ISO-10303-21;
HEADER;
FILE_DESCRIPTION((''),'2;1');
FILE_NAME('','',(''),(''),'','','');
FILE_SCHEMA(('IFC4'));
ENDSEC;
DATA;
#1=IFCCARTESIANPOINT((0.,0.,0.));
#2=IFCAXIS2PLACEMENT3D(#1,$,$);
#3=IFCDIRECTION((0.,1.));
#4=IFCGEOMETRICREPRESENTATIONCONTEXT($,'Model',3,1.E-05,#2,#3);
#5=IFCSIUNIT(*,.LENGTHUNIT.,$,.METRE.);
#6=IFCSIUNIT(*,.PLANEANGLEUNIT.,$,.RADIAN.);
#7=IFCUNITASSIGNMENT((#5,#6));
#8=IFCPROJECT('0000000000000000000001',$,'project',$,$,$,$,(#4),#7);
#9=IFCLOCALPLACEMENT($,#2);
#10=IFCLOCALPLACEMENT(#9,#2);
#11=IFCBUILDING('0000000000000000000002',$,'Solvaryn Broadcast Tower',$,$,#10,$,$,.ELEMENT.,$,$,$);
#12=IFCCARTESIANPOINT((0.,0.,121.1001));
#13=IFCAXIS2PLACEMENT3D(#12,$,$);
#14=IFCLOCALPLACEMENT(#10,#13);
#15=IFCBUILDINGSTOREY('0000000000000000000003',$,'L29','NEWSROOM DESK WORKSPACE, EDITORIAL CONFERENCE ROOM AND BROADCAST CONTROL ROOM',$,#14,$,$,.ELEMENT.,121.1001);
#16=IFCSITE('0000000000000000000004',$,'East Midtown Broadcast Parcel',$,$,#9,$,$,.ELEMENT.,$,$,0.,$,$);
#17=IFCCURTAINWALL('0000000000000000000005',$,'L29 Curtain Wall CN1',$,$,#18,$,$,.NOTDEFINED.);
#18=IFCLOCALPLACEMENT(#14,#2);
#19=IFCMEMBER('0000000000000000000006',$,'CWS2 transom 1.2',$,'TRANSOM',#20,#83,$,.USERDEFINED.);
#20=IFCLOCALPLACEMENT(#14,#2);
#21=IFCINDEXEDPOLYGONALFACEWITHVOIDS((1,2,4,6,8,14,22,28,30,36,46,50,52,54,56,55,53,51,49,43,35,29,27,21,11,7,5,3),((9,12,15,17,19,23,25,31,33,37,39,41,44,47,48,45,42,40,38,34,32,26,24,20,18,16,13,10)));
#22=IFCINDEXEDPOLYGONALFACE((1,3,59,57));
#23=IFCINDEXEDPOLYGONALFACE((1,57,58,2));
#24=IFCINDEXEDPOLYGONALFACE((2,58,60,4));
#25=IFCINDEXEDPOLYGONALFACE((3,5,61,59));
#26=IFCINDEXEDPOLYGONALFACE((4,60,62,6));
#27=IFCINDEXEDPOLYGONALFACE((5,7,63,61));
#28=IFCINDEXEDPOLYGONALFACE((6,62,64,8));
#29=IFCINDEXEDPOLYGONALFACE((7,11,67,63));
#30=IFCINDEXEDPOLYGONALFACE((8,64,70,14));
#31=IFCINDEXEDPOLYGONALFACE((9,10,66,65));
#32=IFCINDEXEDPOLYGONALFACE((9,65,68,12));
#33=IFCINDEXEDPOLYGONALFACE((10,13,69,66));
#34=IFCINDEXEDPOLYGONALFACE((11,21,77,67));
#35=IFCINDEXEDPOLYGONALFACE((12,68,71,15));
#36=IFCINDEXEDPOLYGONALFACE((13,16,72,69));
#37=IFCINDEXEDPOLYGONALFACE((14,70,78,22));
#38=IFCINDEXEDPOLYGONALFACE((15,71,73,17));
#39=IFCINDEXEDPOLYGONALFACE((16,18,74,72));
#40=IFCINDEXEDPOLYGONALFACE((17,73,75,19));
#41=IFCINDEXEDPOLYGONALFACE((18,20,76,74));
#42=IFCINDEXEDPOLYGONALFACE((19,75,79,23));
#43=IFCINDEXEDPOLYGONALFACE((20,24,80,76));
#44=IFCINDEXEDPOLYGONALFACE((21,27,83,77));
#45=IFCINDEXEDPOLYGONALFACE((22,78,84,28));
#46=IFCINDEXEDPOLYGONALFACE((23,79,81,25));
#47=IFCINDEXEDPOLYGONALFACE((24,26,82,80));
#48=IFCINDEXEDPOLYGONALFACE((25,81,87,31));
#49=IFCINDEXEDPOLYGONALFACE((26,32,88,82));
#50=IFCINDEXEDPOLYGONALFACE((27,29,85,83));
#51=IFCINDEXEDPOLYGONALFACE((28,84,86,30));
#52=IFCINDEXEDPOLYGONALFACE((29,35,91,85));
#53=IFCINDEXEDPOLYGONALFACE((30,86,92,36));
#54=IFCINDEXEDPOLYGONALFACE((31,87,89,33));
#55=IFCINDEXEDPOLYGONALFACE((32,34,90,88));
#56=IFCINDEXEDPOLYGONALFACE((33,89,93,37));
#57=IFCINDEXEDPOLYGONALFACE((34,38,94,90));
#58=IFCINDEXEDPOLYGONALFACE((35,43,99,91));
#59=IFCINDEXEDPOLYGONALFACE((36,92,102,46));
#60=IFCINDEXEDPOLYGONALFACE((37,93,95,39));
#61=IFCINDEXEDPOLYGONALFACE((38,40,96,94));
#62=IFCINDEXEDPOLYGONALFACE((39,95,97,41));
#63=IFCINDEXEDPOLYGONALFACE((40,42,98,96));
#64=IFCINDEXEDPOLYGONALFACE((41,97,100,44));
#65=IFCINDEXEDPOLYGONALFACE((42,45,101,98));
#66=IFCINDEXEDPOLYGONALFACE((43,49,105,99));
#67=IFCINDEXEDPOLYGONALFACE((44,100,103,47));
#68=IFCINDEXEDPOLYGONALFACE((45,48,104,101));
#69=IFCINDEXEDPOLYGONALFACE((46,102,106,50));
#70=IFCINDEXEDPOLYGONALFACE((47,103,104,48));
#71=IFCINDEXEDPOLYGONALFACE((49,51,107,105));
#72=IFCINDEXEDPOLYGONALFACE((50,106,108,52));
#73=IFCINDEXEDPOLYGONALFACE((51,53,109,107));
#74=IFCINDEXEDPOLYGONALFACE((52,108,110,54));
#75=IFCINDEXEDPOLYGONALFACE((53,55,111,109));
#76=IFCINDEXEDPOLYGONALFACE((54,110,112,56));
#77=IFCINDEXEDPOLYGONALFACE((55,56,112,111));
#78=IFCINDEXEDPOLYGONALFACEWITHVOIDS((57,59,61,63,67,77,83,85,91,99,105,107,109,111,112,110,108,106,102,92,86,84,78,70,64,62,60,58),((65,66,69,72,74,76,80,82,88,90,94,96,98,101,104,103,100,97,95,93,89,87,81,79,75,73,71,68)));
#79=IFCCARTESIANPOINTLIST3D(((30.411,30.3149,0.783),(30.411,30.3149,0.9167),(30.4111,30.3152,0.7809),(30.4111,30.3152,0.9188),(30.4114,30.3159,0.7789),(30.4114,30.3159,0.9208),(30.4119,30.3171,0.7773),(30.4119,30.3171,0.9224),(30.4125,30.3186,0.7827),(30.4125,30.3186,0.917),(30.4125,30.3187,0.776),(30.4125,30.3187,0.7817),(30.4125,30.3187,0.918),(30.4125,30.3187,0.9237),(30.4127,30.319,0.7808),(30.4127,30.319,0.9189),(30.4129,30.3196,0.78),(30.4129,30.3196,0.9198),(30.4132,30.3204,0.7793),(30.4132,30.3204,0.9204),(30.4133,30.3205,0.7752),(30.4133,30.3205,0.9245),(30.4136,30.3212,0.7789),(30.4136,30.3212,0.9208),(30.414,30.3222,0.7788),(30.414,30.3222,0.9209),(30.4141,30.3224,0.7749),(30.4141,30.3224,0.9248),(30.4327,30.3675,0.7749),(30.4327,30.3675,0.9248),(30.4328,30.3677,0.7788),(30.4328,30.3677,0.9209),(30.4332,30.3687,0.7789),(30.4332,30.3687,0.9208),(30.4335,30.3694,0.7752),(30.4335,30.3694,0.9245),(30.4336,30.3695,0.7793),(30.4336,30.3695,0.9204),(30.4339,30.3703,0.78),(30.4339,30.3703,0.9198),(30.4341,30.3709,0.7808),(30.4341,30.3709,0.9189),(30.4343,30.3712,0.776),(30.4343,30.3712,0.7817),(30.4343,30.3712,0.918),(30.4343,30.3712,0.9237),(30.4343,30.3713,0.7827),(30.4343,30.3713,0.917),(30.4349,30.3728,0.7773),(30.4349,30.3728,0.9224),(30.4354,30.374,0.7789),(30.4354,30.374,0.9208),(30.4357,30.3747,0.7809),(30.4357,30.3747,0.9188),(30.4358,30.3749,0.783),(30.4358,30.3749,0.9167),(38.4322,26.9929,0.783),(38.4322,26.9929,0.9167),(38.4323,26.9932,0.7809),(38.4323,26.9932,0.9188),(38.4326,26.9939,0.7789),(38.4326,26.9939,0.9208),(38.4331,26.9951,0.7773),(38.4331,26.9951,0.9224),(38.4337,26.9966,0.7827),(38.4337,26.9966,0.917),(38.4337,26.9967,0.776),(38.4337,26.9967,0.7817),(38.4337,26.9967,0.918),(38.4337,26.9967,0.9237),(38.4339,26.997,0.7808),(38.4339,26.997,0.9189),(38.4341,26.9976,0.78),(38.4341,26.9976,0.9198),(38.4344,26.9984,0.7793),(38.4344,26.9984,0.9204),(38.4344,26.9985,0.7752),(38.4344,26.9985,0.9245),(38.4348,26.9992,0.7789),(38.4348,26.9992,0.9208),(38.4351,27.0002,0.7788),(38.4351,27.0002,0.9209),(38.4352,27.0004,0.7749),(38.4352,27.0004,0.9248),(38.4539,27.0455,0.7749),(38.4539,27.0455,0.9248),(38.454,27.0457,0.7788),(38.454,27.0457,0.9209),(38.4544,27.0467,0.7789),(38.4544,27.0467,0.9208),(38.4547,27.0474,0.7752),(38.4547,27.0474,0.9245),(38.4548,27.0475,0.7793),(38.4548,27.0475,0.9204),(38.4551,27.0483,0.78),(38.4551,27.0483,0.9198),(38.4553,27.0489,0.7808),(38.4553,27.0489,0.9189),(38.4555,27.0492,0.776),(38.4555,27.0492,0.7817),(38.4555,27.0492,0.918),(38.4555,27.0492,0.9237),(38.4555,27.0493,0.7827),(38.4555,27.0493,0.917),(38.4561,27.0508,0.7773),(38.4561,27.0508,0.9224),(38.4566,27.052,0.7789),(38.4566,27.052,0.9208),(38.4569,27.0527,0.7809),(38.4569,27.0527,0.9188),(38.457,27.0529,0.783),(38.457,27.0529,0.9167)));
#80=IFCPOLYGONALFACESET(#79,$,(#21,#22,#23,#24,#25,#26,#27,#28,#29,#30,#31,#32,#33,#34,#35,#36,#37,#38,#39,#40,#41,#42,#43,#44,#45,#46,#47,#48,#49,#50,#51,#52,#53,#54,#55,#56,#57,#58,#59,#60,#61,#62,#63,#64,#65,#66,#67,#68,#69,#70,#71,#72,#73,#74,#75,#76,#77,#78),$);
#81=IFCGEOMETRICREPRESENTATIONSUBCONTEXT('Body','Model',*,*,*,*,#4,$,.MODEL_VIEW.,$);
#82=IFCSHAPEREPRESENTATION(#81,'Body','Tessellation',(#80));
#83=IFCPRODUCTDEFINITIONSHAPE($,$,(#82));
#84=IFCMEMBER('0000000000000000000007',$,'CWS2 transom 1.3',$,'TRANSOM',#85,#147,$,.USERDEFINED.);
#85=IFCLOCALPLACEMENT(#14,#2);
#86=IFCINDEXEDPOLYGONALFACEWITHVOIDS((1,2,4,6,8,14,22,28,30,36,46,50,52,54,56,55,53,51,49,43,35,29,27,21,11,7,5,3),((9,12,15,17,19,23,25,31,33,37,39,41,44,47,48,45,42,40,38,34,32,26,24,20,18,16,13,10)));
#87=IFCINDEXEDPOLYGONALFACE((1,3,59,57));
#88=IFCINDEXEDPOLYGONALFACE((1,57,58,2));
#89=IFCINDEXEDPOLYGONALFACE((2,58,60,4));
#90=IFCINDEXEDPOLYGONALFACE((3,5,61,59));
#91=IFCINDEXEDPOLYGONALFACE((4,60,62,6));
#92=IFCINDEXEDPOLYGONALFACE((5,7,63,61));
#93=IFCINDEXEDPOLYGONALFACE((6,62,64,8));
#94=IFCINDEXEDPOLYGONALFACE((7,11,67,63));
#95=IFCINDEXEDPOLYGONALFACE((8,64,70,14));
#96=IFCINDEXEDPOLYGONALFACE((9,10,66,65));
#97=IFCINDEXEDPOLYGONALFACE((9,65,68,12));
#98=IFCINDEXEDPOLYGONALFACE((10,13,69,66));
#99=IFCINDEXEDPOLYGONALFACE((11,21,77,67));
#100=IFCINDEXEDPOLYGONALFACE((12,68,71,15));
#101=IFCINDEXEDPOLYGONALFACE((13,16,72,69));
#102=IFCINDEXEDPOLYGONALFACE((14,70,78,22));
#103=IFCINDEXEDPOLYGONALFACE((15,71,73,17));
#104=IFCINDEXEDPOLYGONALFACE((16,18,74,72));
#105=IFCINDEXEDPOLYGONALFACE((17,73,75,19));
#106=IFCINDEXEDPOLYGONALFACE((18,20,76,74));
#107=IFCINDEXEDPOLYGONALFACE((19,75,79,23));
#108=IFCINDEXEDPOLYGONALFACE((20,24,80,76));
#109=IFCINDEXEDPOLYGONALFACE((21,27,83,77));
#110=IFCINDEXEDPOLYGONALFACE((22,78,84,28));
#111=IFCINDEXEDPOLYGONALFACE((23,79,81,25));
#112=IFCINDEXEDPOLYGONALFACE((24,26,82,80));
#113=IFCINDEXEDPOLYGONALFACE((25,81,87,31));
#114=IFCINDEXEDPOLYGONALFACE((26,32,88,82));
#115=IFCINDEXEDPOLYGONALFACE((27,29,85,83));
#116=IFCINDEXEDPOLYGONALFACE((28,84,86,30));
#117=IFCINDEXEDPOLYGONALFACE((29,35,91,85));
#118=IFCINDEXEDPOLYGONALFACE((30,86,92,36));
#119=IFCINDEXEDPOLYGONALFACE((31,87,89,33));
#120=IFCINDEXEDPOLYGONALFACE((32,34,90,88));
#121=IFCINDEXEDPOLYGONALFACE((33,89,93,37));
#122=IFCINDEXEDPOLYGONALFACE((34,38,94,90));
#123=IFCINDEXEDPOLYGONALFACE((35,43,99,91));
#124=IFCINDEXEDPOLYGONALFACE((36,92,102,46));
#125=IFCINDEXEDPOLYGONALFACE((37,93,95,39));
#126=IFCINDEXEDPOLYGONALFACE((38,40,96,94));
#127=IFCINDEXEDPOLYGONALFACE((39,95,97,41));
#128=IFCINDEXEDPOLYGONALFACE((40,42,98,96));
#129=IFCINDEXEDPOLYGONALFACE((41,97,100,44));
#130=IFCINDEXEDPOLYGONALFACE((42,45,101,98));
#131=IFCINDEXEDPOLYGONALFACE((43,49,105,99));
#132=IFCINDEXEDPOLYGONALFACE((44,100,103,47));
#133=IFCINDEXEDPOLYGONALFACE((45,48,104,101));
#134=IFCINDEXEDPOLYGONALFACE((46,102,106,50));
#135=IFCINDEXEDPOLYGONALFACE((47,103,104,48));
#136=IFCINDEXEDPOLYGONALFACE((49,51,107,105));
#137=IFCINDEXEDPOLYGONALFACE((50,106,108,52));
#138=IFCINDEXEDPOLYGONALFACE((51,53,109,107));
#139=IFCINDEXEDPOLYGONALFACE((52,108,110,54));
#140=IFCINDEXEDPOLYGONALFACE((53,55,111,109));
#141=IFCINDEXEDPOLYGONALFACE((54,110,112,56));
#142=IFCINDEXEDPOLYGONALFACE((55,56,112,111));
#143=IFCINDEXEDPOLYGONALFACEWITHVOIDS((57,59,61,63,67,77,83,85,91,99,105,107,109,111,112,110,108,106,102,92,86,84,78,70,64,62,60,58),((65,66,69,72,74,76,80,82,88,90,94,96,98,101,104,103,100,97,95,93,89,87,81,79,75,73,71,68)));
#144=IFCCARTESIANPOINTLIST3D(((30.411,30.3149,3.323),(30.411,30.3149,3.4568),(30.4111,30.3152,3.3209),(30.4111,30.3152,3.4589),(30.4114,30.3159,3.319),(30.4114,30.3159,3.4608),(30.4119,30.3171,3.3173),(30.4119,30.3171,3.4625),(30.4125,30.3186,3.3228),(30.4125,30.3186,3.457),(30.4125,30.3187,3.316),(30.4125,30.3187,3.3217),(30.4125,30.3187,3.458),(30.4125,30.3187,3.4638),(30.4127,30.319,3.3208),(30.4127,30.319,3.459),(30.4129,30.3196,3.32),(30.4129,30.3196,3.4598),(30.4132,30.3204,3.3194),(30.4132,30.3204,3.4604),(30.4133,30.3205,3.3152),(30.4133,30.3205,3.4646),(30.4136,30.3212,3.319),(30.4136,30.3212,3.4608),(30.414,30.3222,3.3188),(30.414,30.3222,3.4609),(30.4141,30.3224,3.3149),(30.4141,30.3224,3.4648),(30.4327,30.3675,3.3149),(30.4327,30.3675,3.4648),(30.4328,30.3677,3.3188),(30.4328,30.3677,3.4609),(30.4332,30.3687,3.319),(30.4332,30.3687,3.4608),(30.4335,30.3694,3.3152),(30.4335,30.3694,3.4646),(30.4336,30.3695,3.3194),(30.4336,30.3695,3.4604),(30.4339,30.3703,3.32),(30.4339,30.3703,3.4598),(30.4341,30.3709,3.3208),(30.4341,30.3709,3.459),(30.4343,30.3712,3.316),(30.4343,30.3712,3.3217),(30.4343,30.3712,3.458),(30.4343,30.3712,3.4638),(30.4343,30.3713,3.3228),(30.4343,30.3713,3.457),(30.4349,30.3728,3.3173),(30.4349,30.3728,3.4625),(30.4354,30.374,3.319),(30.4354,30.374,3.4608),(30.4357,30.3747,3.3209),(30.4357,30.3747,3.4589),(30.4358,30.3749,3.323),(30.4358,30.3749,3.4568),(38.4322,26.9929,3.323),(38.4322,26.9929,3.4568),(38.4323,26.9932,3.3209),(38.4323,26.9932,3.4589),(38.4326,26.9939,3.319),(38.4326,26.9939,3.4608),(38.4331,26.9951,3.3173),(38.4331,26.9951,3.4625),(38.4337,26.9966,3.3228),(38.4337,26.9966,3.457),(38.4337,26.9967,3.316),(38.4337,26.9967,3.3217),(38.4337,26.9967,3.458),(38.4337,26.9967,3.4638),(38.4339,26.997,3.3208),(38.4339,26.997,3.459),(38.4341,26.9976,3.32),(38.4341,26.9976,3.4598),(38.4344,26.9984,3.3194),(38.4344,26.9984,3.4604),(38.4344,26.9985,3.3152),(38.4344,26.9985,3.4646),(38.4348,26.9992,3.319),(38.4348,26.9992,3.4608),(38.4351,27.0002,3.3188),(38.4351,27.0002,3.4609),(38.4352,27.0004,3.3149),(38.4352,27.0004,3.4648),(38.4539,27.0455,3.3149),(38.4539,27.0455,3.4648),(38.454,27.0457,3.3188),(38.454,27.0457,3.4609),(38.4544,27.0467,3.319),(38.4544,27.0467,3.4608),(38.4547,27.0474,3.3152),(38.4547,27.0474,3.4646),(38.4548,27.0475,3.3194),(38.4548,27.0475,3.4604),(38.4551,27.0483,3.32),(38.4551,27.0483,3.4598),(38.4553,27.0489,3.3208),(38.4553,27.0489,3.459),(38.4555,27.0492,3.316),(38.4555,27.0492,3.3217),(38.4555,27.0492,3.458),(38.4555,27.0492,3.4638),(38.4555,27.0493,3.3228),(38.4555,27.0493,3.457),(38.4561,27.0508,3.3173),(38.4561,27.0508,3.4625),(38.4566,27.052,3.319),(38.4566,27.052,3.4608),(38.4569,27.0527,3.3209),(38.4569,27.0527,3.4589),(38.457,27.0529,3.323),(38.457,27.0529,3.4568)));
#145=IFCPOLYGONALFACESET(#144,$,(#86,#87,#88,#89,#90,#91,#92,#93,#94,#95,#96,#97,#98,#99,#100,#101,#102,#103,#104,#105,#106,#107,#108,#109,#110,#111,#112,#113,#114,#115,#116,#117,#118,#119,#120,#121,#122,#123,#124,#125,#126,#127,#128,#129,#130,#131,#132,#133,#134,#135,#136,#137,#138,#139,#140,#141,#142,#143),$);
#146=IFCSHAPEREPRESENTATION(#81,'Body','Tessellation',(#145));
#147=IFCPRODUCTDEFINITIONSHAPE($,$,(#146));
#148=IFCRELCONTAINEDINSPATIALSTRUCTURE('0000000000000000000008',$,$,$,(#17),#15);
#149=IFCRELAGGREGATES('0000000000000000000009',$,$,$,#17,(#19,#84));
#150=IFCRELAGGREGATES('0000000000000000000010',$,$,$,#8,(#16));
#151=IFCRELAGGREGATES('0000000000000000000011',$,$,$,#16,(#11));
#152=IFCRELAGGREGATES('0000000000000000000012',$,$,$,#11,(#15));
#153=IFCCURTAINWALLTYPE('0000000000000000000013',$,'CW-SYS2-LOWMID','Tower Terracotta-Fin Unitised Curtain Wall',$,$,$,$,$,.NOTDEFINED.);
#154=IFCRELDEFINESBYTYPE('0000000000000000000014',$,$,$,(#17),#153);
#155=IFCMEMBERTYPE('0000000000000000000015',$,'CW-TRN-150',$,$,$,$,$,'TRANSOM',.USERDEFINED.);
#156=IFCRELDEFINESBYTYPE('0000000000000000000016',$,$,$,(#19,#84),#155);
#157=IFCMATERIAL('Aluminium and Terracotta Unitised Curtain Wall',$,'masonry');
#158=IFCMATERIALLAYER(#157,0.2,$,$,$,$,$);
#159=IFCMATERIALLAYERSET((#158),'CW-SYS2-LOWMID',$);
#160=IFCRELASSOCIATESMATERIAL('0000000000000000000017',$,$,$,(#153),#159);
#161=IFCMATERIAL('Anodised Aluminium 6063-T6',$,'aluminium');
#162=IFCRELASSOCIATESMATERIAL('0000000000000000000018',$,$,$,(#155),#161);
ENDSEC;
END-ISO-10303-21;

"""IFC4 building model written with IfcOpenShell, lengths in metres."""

from ifc_helpers import new_model, si_unit, direction, frame, origin, origin_2d, place, context, subcontext, project, spatial, hollow_rectangle, extrude, material, layer, layer_set, material_profile, profile_set, type_object, element, aggregate, save


model = new_model("IFC4")

# Units and contexts
model_context = context("Model", 3, precision=1e-05, world=origin(), true_north=direction((0.0, 1.0)))
body_context = subcontext(model_context, "Body", "Model", "MODEL_VIEW")
ifc_project = project(units=[si_unit("LENGTHUNIT", "METRE"), si_unit("PLANEANGLEUNIT", "RADIAN")], contexts=[model_context])

# Site, building, storey
site_placement = place(None, origin())
site = spatial("IfcSite", under=ifc_project, at=site_placement, Name="East Midtown Broadcast Parcel", CompositionType="ELEMENT", RefElevation=0.0)
building_placement = place(site_placement, origin())
building = spatial("IfcBuilding", under=site, at=building_placement, Name="Solvaryn Broadcast Tower", CompositionType="ELEMENT")
storey_placement = place(building_placement, frame((0.0, 0.0, 121.1001)))
storey = spatial("IfcBuildingStorey", under=building, at=storey_placement, Name="L29", Description="NEWSROOM DESK WORKSPACE, EDITORIAL CONFERENCE ROOM AND BROADCAST CONTROL ROOM", CompositionType="ELEMENT", Elevation=121.1001)

# Curtain wall
ifc_material_1 = material(Name="Aluminium and Terracotta Unitised Curtain Wall", Category="masonry")
ifc_layer_1 = layer(ifc_material_1, 0.2)
ifc_layer_set_1 = layer_set([ifc_layer_1], Name="CW-SYS2-LOWMID")
curtain_wall_type = type_object("IfcCurtainWallType", Name="CW-SYS2-LOWMID", Description="Tower Terracotta-Fin Unitised Curtain Wall", PredefinedType="NOTDEFINED", material=ifc_layer_set_1)
curtain_wall_1_placement = place(storey_placement, origin())
curtain_wall_1 = element("IfcCurtainWall", 1, at=curtain_wall_1_placement, inside=storey, type_object=curtain_wall_type, Name="L29 Curtain Wall CN1", PredefinedType="NOTDEFINED")

# Members
ifc_material_2 = material(Name="Anodised Aluminium 6063-T6", Category="aluminium")
ifc_material_profile_1 = material_profile(ifc_material_2, hollow_rectangle(XDim=0.0649, YDim=0.1499, WallThickness=0.0039, InnerFilletRadius=0.0039, OuterFilletRadius=0.0081, at=origin_2d()))
ifc_profile_set_1 = profile_set([ifc_material_profile_1], Name="Anodised Aluminium 6063-T6")
member_type_1 = type_object("IfcMemberType", Name="CW-TRN-150", ElementType="TRANSOM", PredefinedType="USERDEFINED", material=ifc_profile_set_1)
member_1_placement = place(storey_placement, frame((38.4446, 27.0229, 0.8499), z_axis=(-0.923899, 0.382636, 0.0), x_axis=(-0.382636, -0.923899, 0.0)))
member_1 = element("IfcMember", 2, at=member_1_placement, type_object=member_type_1, Name="CWS2 transom 1.2", ObjectType="TRANSOM", PredefinedType="USERDEFINED", context=body_context, shape_type="SweptSolid", body=[
    extrude(hollow_rectangle(XDim=0.0649, YDim=0.1499, WallThickness=0.0039, InnerFilletRadius=0.0039, OuterFilletRadius=0.0081, at=origin_2d()), origin(), (0.0, 0.0, 1.0), 8.6819),
])
member_2_placement = place(storey_placement, frame((38.4446, 27.0229, 3.3899), z_axis=(-0.923899, 0.382636, 0.0), x_axis=(-0.382636, -0.923899, 0.0)))
member_2 = element("IfcMember", 3, at=member_2_placement, type_object=member_type_1, Name="CWS2 transom 1.3", ObjectType="TRANSOM", PredefinedType="USERDEFINED", context=body_context, shape_type="SweptSolid", body=[
    extrude(hollow_rectangle(XDim=0.0649, YDim=0.1499, WallThickness=0.0039, InnerFilletRadius=0.0039, OuterFilletRadius=0.0081, at=origin_2d()), origin(), (0.0, 0.0, 1.0), 8.6819),
])
aggregate(curtain_wall_1, [member_1, member_2])

save(model, "model.ifc")
